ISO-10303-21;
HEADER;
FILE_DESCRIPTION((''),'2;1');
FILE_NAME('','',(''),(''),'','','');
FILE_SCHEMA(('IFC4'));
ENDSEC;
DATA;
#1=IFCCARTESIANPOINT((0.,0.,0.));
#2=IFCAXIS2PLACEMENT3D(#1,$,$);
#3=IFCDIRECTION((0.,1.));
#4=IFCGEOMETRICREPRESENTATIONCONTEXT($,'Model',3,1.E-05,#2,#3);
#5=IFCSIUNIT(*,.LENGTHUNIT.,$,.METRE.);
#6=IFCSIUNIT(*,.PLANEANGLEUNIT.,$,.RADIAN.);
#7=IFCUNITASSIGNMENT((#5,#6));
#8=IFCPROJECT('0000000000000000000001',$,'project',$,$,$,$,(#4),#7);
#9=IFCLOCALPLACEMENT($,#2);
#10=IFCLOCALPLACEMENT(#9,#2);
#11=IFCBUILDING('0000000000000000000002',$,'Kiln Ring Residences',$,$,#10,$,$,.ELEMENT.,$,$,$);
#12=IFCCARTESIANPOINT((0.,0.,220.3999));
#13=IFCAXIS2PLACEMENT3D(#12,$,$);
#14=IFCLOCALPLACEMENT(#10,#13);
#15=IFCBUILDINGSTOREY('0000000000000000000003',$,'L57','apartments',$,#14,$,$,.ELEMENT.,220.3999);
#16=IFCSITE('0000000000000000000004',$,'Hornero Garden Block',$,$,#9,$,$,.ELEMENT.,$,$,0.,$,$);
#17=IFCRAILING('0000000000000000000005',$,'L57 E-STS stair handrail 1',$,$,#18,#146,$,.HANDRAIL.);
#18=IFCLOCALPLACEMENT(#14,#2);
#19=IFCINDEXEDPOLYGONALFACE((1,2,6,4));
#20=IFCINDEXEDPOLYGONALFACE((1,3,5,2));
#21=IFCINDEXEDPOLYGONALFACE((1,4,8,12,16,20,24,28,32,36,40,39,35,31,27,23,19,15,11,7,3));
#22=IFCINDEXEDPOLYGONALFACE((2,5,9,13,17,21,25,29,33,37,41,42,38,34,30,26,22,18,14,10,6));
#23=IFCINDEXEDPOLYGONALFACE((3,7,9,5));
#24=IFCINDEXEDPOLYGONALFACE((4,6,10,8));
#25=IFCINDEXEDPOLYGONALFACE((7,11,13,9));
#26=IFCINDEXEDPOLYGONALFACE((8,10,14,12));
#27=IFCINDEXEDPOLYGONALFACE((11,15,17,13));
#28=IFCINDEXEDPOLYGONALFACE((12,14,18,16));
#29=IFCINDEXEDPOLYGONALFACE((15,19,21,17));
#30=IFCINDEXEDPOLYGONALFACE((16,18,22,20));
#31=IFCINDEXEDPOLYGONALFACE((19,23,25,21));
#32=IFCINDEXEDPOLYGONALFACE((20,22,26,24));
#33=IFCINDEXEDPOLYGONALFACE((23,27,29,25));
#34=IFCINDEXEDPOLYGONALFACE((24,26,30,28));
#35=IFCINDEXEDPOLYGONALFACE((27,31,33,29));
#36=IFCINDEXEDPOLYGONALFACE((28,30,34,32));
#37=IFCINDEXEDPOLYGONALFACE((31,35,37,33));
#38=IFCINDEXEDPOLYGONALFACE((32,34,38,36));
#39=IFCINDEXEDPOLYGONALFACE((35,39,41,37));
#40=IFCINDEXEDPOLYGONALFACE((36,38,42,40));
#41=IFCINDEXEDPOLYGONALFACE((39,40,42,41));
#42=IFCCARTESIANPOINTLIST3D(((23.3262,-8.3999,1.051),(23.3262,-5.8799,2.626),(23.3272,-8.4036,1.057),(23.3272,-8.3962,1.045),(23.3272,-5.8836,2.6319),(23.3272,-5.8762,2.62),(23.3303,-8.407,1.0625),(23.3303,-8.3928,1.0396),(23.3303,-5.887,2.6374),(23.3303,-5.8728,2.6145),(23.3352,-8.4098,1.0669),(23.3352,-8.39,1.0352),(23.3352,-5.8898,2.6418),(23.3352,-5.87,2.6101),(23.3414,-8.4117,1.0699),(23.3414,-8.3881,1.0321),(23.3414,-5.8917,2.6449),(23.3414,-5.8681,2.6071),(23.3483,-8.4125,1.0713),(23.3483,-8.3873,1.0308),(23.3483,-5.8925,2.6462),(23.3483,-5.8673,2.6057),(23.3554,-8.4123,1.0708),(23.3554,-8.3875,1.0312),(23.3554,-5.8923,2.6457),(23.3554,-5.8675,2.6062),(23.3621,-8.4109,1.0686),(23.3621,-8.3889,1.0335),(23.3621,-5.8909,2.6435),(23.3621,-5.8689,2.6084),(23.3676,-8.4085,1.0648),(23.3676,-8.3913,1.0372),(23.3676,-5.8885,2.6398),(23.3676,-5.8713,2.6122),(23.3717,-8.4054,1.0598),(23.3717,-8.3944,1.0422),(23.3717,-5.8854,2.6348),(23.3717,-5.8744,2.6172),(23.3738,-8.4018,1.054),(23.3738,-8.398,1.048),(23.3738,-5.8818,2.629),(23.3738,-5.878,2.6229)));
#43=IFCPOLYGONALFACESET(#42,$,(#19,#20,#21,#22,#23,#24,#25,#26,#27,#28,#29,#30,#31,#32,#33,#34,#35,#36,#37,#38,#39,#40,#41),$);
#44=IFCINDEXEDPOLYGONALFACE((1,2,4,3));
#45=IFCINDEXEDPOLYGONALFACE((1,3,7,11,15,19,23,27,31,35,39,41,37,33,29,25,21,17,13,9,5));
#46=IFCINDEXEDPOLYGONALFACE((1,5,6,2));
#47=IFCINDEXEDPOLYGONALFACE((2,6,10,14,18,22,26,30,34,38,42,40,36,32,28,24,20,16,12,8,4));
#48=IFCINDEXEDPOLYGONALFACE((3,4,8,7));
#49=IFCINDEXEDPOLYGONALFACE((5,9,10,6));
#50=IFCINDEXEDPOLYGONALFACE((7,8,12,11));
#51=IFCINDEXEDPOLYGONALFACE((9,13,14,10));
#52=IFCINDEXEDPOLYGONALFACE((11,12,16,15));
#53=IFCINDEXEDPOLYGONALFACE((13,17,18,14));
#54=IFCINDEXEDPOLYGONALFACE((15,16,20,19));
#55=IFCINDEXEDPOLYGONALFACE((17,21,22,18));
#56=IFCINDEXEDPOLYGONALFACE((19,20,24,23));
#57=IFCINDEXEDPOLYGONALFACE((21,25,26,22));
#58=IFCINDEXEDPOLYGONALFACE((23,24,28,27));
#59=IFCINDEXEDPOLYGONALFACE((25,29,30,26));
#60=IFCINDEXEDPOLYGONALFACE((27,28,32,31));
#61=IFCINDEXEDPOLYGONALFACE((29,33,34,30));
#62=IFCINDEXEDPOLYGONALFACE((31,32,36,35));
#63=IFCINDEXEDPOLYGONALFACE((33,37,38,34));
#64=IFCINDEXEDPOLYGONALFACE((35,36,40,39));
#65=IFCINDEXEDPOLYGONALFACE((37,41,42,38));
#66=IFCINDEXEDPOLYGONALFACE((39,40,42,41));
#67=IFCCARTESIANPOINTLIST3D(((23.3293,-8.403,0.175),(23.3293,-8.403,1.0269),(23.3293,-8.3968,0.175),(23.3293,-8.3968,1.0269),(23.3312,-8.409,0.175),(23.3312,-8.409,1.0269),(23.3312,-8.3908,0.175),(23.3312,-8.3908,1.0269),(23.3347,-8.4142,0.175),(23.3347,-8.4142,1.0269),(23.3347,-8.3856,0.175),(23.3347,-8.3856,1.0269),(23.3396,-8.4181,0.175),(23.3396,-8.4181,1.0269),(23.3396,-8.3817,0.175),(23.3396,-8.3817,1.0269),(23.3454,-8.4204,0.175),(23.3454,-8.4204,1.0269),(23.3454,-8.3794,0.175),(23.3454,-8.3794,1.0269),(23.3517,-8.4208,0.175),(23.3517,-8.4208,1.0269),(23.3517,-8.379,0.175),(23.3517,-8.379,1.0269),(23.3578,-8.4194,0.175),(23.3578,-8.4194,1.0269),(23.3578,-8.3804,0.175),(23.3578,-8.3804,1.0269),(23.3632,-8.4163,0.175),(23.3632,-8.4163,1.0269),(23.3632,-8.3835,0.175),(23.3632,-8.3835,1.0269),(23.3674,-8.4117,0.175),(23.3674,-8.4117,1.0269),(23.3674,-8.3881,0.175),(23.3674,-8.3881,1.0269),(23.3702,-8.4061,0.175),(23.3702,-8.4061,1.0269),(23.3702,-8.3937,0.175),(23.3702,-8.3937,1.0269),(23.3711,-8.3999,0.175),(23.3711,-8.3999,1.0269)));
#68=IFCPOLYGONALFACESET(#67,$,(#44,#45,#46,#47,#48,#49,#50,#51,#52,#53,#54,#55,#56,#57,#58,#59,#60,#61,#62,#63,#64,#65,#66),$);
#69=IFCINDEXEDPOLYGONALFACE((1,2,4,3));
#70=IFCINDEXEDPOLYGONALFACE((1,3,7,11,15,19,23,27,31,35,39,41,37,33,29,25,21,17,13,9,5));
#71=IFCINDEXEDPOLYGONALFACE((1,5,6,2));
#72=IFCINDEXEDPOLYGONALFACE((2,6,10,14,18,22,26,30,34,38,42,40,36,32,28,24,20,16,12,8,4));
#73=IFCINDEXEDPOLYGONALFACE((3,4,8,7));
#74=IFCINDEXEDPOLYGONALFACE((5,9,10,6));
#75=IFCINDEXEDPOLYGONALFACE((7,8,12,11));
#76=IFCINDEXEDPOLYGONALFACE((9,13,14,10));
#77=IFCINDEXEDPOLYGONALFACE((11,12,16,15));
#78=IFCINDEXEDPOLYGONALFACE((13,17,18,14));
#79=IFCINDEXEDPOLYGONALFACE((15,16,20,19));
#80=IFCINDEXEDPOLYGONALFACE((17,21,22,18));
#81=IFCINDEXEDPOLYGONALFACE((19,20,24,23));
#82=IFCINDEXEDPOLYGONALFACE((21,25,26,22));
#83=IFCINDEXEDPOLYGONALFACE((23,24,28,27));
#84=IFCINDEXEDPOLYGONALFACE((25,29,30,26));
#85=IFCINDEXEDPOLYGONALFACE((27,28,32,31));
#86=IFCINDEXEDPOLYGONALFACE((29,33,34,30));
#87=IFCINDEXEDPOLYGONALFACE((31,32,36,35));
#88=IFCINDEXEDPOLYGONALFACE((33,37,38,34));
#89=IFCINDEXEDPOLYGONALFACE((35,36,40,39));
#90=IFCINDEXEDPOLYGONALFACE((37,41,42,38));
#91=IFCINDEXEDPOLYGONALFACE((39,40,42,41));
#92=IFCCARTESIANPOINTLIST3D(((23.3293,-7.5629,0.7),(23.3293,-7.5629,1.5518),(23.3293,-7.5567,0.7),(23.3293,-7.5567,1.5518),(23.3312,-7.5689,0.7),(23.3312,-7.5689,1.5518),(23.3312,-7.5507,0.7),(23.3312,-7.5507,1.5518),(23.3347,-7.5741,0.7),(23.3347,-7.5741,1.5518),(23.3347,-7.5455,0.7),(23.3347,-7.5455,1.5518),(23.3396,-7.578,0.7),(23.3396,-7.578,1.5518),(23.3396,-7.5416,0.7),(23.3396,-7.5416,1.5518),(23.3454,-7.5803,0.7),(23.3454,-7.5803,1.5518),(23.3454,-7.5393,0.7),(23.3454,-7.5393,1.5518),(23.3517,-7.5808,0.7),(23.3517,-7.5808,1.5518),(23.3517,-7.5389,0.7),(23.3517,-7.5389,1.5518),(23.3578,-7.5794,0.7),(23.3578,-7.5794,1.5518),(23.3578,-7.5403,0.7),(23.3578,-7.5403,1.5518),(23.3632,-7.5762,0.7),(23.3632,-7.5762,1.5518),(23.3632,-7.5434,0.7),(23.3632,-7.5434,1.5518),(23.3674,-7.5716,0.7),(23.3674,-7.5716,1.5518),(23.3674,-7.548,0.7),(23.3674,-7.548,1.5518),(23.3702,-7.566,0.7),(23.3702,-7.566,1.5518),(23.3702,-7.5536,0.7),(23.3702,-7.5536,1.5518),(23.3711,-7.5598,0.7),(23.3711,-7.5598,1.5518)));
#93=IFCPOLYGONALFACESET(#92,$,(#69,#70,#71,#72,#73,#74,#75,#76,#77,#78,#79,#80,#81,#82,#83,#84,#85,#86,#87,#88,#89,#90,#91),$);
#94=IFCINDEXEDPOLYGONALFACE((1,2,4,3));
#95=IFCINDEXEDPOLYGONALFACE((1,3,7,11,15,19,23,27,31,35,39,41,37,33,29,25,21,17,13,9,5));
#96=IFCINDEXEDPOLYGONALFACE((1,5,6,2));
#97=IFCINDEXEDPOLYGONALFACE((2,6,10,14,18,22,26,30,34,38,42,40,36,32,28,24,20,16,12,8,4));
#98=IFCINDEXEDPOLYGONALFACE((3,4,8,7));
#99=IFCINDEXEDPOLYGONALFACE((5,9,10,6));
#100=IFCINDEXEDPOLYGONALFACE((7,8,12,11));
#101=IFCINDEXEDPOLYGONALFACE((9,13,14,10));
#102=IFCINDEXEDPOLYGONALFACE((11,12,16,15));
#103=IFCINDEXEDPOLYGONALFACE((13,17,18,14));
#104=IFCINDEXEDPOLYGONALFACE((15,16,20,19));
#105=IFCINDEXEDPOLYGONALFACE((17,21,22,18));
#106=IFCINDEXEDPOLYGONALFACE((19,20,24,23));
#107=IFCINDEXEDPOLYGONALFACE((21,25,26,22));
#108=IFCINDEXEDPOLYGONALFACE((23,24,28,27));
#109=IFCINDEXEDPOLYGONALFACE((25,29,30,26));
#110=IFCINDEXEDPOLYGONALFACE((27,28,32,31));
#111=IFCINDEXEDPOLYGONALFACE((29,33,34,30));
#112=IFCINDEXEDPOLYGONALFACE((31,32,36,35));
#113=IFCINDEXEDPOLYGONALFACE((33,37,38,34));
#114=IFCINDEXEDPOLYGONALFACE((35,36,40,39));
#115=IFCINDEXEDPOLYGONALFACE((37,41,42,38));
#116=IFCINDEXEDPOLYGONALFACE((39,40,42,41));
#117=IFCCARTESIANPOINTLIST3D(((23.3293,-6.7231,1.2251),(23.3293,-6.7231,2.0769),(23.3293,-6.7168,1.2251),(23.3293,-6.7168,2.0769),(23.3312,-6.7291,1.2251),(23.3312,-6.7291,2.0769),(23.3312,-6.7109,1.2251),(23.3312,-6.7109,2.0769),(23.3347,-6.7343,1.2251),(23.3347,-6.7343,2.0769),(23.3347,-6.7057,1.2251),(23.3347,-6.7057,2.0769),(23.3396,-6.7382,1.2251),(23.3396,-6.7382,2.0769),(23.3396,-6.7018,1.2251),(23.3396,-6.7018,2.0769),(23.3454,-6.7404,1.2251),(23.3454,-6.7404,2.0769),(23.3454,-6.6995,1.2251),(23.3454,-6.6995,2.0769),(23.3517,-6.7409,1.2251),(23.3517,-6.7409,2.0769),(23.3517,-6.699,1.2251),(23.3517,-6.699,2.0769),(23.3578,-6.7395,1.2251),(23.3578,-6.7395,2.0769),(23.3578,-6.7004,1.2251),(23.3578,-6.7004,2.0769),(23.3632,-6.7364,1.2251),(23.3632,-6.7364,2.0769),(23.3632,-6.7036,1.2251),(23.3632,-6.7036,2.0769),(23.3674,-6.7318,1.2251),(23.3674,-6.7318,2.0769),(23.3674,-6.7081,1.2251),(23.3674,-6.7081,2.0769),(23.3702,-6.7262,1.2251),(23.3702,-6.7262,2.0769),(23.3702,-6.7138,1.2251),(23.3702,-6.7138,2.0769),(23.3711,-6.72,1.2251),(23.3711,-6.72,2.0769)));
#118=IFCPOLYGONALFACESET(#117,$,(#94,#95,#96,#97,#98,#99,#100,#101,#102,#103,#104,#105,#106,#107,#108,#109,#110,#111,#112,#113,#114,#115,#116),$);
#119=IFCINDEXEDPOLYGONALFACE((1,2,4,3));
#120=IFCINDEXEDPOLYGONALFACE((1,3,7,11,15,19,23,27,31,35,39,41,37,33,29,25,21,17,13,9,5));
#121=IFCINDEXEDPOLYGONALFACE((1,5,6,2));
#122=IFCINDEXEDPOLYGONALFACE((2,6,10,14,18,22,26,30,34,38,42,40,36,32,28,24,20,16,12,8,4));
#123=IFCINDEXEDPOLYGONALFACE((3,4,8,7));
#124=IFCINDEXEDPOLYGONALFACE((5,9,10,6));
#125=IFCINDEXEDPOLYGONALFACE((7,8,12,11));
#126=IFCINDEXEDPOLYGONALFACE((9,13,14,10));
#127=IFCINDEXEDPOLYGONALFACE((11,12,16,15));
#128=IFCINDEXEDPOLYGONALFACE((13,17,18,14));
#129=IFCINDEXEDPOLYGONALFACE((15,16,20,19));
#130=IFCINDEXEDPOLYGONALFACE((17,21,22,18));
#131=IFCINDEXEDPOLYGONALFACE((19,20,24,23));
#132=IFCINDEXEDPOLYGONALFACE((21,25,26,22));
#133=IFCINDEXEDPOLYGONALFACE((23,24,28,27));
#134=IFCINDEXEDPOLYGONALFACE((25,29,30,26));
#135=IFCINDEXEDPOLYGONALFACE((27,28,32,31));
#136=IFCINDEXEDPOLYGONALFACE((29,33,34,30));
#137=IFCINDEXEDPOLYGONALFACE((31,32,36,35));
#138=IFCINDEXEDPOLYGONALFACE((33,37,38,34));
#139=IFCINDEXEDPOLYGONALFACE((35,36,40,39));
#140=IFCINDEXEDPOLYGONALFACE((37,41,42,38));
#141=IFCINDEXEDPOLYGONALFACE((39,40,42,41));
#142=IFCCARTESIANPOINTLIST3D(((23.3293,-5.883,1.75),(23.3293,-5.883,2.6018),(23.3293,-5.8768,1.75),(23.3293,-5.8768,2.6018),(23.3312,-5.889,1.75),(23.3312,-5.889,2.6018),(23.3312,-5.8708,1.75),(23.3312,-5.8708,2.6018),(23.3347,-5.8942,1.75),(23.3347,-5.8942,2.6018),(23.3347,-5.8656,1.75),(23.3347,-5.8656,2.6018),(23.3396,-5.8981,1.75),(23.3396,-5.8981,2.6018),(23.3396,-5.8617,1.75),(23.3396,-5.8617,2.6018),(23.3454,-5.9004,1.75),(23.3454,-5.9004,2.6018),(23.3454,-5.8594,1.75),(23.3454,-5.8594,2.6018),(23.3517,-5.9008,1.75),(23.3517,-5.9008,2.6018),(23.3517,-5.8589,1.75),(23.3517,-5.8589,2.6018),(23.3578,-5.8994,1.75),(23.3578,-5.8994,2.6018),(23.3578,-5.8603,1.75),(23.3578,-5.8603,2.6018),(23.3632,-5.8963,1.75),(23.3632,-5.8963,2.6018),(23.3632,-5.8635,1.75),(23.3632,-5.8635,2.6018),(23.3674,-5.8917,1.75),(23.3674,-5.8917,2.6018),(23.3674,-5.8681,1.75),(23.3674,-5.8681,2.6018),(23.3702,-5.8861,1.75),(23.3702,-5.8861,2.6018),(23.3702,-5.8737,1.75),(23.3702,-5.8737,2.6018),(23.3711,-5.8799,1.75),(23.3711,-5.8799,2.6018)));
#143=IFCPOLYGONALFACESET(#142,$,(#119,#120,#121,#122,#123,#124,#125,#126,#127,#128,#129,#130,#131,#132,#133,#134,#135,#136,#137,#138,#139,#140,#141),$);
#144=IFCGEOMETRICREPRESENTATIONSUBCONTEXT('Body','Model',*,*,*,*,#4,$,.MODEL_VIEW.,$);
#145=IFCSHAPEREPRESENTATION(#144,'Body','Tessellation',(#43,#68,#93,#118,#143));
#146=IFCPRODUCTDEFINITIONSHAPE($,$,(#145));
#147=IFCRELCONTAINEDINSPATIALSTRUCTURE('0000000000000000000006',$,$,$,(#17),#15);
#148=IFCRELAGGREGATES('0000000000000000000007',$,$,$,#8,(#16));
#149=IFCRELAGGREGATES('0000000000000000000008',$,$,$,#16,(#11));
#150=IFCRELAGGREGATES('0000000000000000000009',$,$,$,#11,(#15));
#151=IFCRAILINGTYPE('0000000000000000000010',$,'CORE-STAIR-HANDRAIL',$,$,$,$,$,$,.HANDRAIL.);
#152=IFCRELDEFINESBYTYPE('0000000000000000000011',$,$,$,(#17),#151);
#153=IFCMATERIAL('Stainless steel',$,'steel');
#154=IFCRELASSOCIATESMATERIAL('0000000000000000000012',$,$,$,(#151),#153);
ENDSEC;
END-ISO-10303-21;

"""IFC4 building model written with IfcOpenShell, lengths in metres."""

from ifc_helpers import new_model, si_unit, direction, frame, origin, origin_2d, place, context, subcontext, project, spatial, circle, extrude, material, type_object, element, save


model = new_model("IFC4")

# Units and contexts
model_context = context("Model", 3, precision=1e-05, world=origin(), true_north=direction((0.0, 1.0)))
body_context = subcontext(model_context, "Body", "Model", "MODEL_VIEW")
ifc_project = project(units=[si_unit("LENGTHUNIT", "METRE"), si_unit("PLANEANGLEUNIT", "RADIAN")], contexts=[model_context])

# Site, building, storey
site_placement = place(None, origin())
site = spatial("IfcSite", under=ifc_project, at=site_placement, Name="Hornero Garden Block", CompositionType="ELEMENT", RefElevation=0.0)
building_placement = place(site_placement, origin())
building = spatial("IfcBuilding", under=site, at=building_placement, Name="Kiln Ring Residences", CompositionType="ELEMENT")
storey_placement = place(building_placement, frame((0.0, 0.0, 220.3999)))
storey = spatial("IfcBuildingStorey", under=building, at=storey_placement, Name="L57", Description="apartments", CompositionType="ELEMENT", Elevation=220.3999)

# Railing
ifc_material_1 = material(Name="Stainless steel", Category="steel")
railing_type_1 = type_object("IfcRailingType", Name="CORE-STAIR-HANDRAIL", PredefinedType="HANDRAIL", material=ifc_material_1)
railing_1_placement = place(storey_placement, frame((23.3501, -8.3999, 0.175)))
element("IfcRailing", 1, at=railing_1_placement, inside=storey, type_object=railing_type_1, Name="L57 E-STS stair handrail 1", PredefinedType="HANDRAIL", context=body_context, shape_type="SweptSolid", body=[
    extrude(circle(Radius=0.0239, at=origin_2d()), frame((0.0, 0.0, 0.876), z_axis=(0.0, 0.848008, 0.529984), x_axis=(-1.0, 0.0, 0.0)), (0.0, 0.0, 1.0), 2.9717),
    extrude(circle(Radius=0.021, at=origin_2d()), origin(), (0.0, 0.0, 1.0), 0.8518),
    extrude(circle(Radius=0.021, at=origin_2d()), frame((0.0, 0.8401, 0.5249)), (0.0, 0.0, 1.0), 0.8518),
    extrude(circle(Radius=0.021, at=origin_2d()), frame((0.0, 1.6799, 1.05)), (0.0, 0.0, 1.0), 0.8518),
    extrude(circle(Radius=0.021, at=origin_2d()), frame((0.0, 2.52, 1.575)), (0.0, 0.0, 1.0), 0.8518),
])

save(model, "model.ifc")
